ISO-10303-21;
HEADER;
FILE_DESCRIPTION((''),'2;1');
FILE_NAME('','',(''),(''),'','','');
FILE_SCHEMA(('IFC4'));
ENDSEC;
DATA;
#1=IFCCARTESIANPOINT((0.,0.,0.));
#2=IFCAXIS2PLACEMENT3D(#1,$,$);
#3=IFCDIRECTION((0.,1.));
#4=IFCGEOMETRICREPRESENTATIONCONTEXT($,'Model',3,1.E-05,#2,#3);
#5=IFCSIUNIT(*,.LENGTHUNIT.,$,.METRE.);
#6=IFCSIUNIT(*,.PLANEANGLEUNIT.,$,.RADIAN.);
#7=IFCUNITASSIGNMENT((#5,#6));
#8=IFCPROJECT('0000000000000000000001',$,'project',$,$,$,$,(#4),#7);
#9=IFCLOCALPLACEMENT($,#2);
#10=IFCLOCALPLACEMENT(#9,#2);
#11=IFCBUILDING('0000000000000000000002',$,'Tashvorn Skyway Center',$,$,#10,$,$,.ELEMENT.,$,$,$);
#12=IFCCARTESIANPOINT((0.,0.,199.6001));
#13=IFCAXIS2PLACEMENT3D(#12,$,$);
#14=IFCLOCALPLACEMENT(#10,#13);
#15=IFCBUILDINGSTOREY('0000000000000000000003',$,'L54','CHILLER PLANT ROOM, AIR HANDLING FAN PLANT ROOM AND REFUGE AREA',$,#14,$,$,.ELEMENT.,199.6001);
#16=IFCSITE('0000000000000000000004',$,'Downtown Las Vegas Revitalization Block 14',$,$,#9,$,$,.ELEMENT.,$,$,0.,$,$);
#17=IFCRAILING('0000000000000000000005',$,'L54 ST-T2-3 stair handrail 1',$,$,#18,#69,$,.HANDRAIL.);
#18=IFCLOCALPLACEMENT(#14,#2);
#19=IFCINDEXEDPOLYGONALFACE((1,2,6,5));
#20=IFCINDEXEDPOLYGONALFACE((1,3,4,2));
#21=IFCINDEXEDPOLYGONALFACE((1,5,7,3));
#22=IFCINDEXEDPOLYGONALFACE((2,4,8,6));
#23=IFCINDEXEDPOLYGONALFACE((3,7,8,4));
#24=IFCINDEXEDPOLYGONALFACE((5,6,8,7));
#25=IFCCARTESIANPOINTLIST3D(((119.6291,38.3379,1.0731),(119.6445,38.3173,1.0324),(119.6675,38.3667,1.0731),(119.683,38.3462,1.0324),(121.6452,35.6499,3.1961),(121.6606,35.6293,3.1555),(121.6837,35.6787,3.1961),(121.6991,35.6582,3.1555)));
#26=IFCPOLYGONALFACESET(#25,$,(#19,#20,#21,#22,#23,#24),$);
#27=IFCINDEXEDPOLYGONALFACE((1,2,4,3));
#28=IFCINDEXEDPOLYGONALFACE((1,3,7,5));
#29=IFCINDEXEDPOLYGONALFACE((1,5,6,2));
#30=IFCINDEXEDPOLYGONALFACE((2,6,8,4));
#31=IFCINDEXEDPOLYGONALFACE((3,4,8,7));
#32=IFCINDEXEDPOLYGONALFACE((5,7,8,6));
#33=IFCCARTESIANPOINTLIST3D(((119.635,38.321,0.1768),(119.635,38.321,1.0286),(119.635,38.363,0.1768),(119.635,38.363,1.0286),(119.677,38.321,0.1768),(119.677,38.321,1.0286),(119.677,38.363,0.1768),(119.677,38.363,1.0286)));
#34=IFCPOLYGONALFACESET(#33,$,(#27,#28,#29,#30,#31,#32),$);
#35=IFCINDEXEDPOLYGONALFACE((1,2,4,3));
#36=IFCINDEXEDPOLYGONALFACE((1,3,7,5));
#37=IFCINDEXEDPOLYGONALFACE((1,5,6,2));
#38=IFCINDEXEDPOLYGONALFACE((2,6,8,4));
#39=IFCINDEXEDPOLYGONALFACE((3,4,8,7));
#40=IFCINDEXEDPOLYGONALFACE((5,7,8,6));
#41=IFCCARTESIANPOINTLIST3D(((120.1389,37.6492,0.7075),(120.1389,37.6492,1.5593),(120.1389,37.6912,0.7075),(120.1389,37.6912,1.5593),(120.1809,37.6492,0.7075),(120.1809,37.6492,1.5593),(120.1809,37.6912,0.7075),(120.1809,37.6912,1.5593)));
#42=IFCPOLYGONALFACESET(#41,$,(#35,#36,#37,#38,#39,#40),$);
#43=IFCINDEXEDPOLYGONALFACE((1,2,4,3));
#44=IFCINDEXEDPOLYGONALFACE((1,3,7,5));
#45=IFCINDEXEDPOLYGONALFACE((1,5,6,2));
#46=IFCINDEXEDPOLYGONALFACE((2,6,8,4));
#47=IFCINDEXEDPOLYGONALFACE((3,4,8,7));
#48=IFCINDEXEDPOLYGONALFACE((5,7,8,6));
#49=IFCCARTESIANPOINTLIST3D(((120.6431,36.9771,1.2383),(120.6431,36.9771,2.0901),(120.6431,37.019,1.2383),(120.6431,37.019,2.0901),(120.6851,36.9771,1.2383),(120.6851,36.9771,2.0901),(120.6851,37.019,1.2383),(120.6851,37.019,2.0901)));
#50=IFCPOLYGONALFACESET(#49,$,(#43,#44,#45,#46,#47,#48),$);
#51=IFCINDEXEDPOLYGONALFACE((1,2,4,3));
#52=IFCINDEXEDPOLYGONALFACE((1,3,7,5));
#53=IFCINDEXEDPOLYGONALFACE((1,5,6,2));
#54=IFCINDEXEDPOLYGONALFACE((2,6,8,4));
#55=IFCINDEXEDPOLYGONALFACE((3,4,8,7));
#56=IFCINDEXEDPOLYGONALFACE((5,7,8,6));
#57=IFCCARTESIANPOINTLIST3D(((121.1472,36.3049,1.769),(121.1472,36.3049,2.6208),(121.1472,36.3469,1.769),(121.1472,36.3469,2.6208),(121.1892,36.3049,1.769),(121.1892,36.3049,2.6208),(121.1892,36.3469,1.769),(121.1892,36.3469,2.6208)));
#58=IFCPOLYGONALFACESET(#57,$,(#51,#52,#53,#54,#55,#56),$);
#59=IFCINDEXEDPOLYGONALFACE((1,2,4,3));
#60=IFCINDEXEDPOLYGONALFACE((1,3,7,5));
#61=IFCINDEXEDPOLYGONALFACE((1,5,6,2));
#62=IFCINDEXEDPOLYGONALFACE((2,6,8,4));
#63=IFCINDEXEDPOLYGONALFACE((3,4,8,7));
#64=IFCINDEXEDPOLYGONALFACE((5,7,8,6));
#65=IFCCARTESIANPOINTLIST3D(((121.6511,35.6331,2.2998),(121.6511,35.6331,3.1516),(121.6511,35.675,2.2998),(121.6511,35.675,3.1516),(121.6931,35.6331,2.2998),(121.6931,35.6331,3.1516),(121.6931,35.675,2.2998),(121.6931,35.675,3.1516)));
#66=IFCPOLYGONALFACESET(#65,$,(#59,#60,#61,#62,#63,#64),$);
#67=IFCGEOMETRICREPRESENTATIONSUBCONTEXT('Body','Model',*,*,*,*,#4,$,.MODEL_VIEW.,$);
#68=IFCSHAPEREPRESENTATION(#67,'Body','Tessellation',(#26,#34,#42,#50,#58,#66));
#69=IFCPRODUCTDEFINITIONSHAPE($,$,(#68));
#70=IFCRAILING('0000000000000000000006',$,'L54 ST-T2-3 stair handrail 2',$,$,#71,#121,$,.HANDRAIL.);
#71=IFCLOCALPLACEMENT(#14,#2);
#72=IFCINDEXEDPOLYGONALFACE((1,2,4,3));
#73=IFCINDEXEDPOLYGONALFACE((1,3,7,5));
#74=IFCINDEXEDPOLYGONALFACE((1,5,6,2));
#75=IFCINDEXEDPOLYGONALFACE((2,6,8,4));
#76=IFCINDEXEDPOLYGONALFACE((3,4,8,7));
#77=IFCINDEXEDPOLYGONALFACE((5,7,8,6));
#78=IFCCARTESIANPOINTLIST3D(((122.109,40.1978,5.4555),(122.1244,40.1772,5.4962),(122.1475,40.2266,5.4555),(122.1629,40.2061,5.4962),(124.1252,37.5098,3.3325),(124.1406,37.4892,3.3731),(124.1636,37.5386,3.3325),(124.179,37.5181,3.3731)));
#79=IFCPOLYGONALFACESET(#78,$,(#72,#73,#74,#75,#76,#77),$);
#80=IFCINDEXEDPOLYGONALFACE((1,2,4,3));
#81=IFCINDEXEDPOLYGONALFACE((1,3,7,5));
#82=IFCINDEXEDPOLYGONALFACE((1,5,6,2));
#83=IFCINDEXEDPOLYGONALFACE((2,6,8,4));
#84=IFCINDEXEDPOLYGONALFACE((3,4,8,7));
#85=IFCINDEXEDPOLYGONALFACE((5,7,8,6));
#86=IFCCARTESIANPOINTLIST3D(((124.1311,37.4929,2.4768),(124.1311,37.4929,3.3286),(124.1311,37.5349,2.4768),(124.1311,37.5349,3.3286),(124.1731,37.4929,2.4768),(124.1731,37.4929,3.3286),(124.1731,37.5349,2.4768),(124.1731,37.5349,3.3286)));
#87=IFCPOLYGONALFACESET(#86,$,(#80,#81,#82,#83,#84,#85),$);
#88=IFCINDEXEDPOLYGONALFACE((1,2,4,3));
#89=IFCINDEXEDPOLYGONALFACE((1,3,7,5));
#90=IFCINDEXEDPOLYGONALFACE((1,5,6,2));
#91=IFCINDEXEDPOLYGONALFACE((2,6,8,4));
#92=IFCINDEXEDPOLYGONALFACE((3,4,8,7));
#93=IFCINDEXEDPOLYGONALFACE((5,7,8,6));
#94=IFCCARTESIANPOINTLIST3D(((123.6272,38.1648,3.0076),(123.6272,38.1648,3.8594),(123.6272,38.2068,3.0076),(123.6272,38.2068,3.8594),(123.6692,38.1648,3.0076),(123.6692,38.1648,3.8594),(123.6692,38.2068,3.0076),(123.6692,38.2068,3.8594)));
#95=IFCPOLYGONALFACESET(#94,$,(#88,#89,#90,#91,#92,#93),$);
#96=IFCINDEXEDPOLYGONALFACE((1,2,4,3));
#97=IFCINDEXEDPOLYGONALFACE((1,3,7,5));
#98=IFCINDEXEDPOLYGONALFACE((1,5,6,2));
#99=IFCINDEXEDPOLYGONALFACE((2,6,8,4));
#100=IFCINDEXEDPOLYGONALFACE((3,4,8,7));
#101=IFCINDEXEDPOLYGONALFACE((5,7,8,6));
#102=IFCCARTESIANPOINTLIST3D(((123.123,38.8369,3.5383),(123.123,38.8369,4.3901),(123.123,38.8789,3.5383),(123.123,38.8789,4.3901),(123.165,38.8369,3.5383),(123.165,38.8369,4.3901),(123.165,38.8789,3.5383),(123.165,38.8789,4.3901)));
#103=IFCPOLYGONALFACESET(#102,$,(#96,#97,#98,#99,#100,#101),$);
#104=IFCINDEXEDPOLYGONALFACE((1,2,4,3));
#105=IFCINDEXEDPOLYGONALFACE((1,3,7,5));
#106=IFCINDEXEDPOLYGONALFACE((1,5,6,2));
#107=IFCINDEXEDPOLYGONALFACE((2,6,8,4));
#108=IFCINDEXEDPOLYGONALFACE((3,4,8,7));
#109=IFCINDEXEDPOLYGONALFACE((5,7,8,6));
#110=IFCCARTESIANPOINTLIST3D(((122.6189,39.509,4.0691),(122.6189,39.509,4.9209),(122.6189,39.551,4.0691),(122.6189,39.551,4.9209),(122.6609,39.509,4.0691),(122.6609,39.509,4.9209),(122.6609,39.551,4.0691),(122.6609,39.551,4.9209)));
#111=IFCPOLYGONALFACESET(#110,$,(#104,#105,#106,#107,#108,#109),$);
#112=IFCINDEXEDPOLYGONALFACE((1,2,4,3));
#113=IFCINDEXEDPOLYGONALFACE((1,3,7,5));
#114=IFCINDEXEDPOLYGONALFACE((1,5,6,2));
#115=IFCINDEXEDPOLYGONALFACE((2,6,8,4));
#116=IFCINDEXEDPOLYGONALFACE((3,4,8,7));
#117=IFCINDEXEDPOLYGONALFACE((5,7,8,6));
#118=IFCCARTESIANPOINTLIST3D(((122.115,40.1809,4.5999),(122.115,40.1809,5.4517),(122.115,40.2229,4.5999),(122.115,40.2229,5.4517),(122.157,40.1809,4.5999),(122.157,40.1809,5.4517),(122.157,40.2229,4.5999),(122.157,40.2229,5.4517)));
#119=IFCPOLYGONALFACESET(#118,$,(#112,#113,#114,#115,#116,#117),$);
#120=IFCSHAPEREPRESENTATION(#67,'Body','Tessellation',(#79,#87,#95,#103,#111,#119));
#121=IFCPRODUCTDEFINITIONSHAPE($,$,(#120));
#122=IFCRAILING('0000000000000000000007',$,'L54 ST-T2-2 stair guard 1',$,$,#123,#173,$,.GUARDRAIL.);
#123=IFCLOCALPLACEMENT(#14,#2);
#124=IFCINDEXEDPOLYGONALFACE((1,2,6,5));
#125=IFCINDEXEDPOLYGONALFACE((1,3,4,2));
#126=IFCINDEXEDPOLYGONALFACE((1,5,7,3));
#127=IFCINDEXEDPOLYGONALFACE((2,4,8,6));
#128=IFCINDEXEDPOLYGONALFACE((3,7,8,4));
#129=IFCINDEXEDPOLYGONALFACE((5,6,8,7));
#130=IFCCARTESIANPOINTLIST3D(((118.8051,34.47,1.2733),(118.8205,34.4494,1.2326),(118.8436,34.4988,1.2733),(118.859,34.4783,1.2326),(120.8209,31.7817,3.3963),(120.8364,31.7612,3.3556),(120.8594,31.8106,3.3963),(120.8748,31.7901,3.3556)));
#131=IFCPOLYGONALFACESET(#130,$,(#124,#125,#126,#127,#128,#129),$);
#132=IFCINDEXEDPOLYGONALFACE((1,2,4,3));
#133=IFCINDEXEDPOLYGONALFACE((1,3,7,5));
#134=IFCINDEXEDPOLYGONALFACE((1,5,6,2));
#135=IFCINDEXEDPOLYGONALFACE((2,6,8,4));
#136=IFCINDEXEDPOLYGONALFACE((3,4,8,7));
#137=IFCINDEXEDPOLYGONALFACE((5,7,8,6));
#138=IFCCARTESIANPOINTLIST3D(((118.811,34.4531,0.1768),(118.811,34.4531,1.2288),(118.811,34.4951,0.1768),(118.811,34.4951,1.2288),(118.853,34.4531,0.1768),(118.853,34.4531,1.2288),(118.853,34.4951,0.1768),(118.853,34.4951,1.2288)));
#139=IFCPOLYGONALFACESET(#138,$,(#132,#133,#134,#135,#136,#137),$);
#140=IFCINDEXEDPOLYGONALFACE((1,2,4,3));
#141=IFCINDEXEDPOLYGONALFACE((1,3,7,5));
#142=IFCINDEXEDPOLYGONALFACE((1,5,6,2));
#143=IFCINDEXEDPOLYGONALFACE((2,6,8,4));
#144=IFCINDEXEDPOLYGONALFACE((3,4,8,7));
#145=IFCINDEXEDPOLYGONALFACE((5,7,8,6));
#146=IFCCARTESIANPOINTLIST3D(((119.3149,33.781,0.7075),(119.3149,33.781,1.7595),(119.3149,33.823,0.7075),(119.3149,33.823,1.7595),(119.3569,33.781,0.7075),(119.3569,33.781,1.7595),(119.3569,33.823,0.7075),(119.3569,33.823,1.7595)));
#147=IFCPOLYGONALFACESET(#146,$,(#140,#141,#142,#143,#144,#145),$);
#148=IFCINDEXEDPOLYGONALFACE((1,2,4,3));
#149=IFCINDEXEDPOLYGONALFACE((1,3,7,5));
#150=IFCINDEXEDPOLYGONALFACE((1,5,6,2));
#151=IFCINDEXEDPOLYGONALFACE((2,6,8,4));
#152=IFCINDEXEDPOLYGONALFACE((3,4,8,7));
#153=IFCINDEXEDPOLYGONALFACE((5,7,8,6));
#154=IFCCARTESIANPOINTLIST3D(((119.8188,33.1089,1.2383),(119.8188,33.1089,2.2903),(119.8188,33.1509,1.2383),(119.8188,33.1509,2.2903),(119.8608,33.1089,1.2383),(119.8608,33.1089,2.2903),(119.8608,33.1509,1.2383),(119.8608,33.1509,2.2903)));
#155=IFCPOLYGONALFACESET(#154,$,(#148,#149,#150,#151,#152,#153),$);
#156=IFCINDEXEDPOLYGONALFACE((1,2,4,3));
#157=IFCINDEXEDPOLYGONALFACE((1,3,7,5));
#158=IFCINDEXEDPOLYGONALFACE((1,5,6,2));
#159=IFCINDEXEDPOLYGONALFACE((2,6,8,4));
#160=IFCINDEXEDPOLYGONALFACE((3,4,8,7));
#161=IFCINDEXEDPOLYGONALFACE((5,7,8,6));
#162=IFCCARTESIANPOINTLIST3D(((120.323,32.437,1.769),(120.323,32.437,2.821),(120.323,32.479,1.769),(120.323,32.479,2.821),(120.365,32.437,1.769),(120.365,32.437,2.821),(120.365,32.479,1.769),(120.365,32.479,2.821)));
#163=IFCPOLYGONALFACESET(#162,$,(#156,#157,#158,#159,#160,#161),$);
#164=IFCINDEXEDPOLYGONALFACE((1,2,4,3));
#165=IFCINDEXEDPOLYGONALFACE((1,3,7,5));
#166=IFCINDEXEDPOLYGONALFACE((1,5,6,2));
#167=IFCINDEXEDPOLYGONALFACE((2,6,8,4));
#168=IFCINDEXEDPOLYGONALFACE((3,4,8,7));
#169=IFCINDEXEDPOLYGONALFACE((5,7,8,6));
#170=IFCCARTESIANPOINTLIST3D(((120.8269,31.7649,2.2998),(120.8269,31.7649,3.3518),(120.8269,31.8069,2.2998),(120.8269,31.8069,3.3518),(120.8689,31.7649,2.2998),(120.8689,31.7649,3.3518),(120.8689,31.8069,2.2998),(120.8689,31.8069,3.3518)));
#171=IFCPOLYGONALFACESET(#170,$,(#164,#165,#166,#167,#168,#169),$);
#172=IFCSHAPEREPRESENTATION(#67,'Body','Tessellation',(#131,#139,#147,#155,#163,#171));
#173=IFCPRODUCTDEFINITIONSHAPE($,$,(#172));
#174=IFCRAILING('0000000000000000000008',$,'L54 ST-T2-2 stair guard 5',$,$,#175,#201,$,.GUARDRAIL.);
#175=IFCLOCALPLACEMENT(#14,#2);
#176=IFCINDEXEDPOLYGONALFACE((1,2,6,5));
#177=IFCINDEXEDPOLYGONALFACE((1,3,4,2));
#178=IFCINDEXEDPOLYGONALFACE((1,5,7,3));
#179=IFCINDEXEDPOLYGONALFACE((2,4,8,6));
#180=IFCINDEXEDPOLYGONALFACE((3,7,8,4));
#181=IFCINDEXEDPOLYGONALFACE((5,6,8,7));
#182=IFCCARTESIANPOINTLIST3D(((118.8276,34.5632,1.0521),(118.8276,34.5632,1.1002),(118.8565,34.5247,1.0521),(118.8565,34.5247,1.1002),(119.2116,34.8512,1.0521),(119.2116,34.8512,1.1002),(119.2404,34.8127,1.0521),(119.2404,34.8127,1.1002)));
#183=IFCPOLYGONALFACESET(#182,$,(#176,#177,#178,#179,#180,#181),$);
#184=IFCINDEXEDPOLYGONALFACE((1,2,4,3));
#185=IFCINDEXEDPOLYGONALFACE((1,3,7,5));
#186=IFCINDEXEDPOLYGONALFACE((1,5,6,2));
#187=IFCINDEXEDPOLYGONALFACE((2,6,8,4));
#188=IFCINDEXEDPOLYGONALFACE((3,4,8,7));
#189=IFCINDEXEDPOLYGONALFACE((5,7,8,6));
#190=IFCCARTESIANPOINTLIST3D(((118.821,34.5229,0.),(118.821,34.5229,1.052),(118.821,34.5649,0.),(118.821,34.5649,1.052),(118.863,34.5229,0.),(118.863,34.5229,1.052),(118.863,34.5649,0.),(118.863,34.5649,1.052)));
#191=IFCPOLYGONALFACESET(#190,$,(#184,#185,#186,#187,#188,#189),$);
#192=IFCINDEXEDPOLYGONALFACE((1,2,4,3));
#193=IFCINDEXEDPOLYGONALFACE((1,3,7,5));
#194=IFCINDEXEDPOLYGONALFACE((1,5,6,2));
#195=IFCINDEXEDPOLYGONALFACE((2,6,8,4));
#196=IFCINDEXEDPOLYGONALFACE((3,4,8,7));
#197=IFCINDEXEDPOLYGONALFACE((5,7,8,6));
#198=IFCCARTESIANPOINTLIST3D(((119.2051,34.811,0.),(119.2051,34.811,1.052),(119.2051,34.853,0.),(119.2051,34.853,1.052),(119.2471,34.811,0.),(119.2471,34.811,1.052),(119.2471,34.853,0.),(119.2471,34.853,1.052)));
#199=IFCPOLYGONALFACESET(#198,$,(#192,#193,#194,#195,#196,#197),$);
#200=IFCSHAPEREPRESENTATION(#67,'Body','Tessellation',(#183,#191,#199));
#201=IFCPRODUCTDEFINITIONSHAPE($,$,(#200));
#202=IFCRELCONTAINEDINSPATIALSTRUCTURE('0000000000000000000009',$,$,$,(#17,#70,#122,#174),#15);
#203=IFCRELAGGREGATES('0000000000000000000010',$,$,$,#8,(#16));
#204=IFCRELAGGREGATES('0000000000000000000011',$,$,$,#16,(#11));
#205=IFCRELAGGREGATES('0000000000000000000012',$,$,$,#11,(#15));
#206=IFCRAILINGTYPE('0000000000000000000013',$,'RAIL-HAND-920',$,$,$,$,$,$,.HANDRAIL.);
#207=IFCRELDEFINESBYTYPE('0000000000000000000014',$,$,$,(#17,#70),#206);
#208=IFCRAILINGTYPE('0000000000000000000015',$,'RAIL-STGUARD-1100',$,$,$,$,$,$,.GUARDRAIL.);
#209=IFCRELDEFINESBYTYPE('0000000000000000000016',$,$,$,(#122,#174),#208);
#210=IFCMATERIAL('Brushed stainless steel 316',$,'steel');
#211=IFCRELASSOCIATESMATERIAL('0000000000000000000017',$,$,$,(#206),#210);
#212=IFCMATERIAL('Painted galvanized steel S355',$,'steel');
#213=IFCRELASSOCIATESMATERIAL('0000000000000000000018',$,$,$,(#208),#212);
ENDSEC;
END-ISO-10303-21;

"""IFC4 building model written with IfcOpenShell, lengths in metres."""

from ifc_helpers import new_model, si_unit, direction, frame, origin, origin_2d, place, context, subcontext, project, spatial, rectangle, extrude, material, type_object, element, save


model = new_model("IFC4")

# Units and contexts
model_context = context("Model", 3, precision=1e-05, world=origin(), true_north=direction((0.0, 1.0)))
body_context = subcontext(model_context, "Body", "Model", "MODEL_VIEW")
ifc_project = project(units=[si_unit("LENGTHUNIT", "METRE"), si_unit("PLANEANGLEUNIT", "RADIAN")], contexts=[model_context])

# Site, building, storey
site_placement = place(None, origin())
site = spatial("IfcSite", under=ifc_project, at=site_placement, Name="Downtown Las Vegas Revitalization Block 14", CompositionType="ELEMENT", RefElevation=0.0)
building_placement = place(site_placement, origin())
building = spatial("IfcBuilding", under=site, at=building_placement, Name="Tashvorn Skyway Center", CompositionType="ELEMENT")
storey_placement = place(building_placement, frame((0.0, 0.0, 199.6001)))
storey = spatial("IfcBuildingStorey", under=building, at=storey_placement, Name="L54", Description="CHILLER PLANT ROOM, AIR HANDLING FAN PLANT ROOM AND REFUGE AREA", CompositionType="ELEMENT", Elevation=199.6001)

# Railings
ifc_material_1 = material(Name="Brushed stainless steel 316", Category="steel")
railing_type_1 = type_object("IfcRailingType", Name="RAIL-HAND-920", PredefinedType="HANDRAIL", material=ifc_material_1)
railing_1_placement = place(storey_placement, frame((119.656, 38.342, 0.1768)))
element("IfcRailing", 1, at=railing_1_placement, inside=storey, type_object=railing_type_1, Name="L54 ST-T2-3 stair handrail 1", PredefinedType="HANDRAIL", context=body_context, shape_type="SweptSolid", body=[
    extrude(rectangle(XDim=0.0481, YDim=0.0481, at=origin_2d()), frame((0.0, 0.0, 0.876), z_axis=(0.507251, -0.676294, 0.534156), x_axis=(0.799983, 0.600023, 0.0)), (0.0, 0.0, 1.0), 3.9746),
    extrude(rectangle(XDim=0.042, YDim=0.042, at=origin_2d()), origin(), (0.0, 0.0, 1.0), 0.8518),
    extrude(rectangle(XDim=0.042, YDim=0.042, at=origin_2d()), frame((0.5039, -0.6719, 0.5308)), (0.0, 0.0, 1.0), 0.8518),
    extrude(rectangle(XDim=0.042, YDim=0.042, at=origin_2d()), frame((1.0081, -1.344, 1.0615)), (0.0, 0.0, 1.0), 0.8518),
    extrude(rectangle(XDim=0.042, YDim=0.042, at=origin_2d()), frame((1.5122, -2.0161, 1.5923)), (0.0, 0.0, 1.0), 0.8518),
    extrude(rectangle(XDim=0.042, YDim=0.042, at=origin_2d()), frame((2.0161, -2.688, 2.123)), (0.0, 0.0, 1.0), 0.8518),
])
railing_2_placement = place(storey_placement, frame((124.1521, 37.5139, 2.4768)))
element("IfcRailing", 2, at=railing_2_placement, inside=storey, type_object=railing_type_1, Name="L54 ST-T2-3 stair handrail 2", PredefinedType="HANDRAIL", context=body_context, shape_type="SweptSolid", body=[
    extrude(rectangle(XDim=0.0481, YDim=0.0481, at=origin_2d()), frame((0.0, 0.0, 0.876), z_axis=(-0.507251, 0.676294, 0.534156), x_axis=(-0.799983, -0.600023, 0.0)), (0.0, 0.0, 1.0), 3.9746),
    extrude(rectangle(XDim=0.042, YDim=0.042, at=origin_2d()), origin(), (0.0, 0.0, 1.0), 0.8518),
    extrude(rectangle(XDim=0.042, YDim=0.042, at=origin_2d()), frame((-0.5039, 0.6719, 0.5308)), (0.0, 0.0, 1.0), 0.8518),
    extrude(rectangle(XDim=0.042, YDim=0.042, at=origin_2d()), frame((-1.0081, 1.344, 1.0615)), (0.0, 0.0, 1.0), 0.8518),
    extrude(rectangle(XDim=0.042, YDim=0.042, at=origin_2d()), frame((-1.5122, 2.0161, 1.5923)), (0.0, 0.0, 1.0), 0.8518),
    extrude(rectangle(XDim=0.042, YDim=0.042, at=origin_2d()), frame((-2.0161, 2.688, 2.123)), (0.0, 0.0, 1.0), 0.8518),
])
ifc_material_2 = material(Name="Painted galvanized steel S355", Category="steel")
railing_type_2 = type_object("IfcRailingType", Name="RAIL-STGUARD-1100", PredefinedType="GUARDRAIL", material=ifc_material_2)
railing_3_placement = place(storey_placement, frame((118.832, 34.4741, 0.1768)))
element("IfcRailing", 3, at=railing_3_placement, inside=storey, type_object=railing_type_2, Name="L54 ST-T2-2 stair guard 1", PredefinedType="GUARDRAIL", context=body_context, shape_type="SweptSolid", body=[
    extrude(rectangle(XDim=0.0481, YDim=0.0481, at=origin_2d()), frame((0.0, 0.0, 1.0762), z_axis=(0.507185, -0.676349, 0.53415), x_axis=(0.800044, 0.599942, 0.0)), (0.0, 0.0, 1.0), 3.9746),
    extrude(rectangle(XDim=0.042, YDim=0.042, at=origin_2d()), origin(), (0.0, 0.0, 1.0), 1.052),
    extrude(rectangle(XDim=0.042, YDim=0.042, at=origin_2d()), frame((0.5039, -0.6721, 0.5308)), (0.0, 0.0, 1.0), 1.052),
    extrude(rectangle(XDim=0.042, YDim=0.042, at=origin_2d()), frame((1.0078, -1.3442, 1.0615)), (0.0, 0.0, 1.0), 1.052),
    extrude(rectangle(XDim=0.042, YDim=0.042, at=origin_2d()), frame((1.512, -2.0161, 1.5923)), (0.0, 0.0, 1.0), 1.052),
    extrude(rectangle(XDim=0.042, YDim=0.042, at=origin_2d()), frame((2.0159, -2.6882, 2.123)), (0.0, 0.0, 1.0), 1.052),
])
railing_4_placement = place(storey_placement, frame((118.842, 34.5439, 0.0)))
element("IfcRailing", 4, at=railing_4_placement, inside=storey, type_object=railing_type_2, Name="L54 ST-T2-2 stair guard 5", PredefinedType="GUARDRAIL", context=body_context, shape_type="SweptSolid", body=[
    extrude(rectangle(XDim=0.0481, YDim=0.0481, at=origin_2d()), frame((0.0, 0.0, 1.0762), z_axis=(0.799939, 0.600081, 0.0), x_axis=(-0.600081, 0.799939, 0.0)), (0.0, 0.0, 1.0), 0.48),
    extrude(rectangle(XDim=0.042, YDim=0.042, at=origin_2d()), origin(), (0.0, 0.0, 1.0), 1.052),
    extrude(rectangle(XDim=0.042, YDim=0.042, at=origin_2d()), frame((0.384, 0.2881, 0.0)), (0.0, 0.0, 1.0), 1.052),
])

save(model, "model.ifc")
